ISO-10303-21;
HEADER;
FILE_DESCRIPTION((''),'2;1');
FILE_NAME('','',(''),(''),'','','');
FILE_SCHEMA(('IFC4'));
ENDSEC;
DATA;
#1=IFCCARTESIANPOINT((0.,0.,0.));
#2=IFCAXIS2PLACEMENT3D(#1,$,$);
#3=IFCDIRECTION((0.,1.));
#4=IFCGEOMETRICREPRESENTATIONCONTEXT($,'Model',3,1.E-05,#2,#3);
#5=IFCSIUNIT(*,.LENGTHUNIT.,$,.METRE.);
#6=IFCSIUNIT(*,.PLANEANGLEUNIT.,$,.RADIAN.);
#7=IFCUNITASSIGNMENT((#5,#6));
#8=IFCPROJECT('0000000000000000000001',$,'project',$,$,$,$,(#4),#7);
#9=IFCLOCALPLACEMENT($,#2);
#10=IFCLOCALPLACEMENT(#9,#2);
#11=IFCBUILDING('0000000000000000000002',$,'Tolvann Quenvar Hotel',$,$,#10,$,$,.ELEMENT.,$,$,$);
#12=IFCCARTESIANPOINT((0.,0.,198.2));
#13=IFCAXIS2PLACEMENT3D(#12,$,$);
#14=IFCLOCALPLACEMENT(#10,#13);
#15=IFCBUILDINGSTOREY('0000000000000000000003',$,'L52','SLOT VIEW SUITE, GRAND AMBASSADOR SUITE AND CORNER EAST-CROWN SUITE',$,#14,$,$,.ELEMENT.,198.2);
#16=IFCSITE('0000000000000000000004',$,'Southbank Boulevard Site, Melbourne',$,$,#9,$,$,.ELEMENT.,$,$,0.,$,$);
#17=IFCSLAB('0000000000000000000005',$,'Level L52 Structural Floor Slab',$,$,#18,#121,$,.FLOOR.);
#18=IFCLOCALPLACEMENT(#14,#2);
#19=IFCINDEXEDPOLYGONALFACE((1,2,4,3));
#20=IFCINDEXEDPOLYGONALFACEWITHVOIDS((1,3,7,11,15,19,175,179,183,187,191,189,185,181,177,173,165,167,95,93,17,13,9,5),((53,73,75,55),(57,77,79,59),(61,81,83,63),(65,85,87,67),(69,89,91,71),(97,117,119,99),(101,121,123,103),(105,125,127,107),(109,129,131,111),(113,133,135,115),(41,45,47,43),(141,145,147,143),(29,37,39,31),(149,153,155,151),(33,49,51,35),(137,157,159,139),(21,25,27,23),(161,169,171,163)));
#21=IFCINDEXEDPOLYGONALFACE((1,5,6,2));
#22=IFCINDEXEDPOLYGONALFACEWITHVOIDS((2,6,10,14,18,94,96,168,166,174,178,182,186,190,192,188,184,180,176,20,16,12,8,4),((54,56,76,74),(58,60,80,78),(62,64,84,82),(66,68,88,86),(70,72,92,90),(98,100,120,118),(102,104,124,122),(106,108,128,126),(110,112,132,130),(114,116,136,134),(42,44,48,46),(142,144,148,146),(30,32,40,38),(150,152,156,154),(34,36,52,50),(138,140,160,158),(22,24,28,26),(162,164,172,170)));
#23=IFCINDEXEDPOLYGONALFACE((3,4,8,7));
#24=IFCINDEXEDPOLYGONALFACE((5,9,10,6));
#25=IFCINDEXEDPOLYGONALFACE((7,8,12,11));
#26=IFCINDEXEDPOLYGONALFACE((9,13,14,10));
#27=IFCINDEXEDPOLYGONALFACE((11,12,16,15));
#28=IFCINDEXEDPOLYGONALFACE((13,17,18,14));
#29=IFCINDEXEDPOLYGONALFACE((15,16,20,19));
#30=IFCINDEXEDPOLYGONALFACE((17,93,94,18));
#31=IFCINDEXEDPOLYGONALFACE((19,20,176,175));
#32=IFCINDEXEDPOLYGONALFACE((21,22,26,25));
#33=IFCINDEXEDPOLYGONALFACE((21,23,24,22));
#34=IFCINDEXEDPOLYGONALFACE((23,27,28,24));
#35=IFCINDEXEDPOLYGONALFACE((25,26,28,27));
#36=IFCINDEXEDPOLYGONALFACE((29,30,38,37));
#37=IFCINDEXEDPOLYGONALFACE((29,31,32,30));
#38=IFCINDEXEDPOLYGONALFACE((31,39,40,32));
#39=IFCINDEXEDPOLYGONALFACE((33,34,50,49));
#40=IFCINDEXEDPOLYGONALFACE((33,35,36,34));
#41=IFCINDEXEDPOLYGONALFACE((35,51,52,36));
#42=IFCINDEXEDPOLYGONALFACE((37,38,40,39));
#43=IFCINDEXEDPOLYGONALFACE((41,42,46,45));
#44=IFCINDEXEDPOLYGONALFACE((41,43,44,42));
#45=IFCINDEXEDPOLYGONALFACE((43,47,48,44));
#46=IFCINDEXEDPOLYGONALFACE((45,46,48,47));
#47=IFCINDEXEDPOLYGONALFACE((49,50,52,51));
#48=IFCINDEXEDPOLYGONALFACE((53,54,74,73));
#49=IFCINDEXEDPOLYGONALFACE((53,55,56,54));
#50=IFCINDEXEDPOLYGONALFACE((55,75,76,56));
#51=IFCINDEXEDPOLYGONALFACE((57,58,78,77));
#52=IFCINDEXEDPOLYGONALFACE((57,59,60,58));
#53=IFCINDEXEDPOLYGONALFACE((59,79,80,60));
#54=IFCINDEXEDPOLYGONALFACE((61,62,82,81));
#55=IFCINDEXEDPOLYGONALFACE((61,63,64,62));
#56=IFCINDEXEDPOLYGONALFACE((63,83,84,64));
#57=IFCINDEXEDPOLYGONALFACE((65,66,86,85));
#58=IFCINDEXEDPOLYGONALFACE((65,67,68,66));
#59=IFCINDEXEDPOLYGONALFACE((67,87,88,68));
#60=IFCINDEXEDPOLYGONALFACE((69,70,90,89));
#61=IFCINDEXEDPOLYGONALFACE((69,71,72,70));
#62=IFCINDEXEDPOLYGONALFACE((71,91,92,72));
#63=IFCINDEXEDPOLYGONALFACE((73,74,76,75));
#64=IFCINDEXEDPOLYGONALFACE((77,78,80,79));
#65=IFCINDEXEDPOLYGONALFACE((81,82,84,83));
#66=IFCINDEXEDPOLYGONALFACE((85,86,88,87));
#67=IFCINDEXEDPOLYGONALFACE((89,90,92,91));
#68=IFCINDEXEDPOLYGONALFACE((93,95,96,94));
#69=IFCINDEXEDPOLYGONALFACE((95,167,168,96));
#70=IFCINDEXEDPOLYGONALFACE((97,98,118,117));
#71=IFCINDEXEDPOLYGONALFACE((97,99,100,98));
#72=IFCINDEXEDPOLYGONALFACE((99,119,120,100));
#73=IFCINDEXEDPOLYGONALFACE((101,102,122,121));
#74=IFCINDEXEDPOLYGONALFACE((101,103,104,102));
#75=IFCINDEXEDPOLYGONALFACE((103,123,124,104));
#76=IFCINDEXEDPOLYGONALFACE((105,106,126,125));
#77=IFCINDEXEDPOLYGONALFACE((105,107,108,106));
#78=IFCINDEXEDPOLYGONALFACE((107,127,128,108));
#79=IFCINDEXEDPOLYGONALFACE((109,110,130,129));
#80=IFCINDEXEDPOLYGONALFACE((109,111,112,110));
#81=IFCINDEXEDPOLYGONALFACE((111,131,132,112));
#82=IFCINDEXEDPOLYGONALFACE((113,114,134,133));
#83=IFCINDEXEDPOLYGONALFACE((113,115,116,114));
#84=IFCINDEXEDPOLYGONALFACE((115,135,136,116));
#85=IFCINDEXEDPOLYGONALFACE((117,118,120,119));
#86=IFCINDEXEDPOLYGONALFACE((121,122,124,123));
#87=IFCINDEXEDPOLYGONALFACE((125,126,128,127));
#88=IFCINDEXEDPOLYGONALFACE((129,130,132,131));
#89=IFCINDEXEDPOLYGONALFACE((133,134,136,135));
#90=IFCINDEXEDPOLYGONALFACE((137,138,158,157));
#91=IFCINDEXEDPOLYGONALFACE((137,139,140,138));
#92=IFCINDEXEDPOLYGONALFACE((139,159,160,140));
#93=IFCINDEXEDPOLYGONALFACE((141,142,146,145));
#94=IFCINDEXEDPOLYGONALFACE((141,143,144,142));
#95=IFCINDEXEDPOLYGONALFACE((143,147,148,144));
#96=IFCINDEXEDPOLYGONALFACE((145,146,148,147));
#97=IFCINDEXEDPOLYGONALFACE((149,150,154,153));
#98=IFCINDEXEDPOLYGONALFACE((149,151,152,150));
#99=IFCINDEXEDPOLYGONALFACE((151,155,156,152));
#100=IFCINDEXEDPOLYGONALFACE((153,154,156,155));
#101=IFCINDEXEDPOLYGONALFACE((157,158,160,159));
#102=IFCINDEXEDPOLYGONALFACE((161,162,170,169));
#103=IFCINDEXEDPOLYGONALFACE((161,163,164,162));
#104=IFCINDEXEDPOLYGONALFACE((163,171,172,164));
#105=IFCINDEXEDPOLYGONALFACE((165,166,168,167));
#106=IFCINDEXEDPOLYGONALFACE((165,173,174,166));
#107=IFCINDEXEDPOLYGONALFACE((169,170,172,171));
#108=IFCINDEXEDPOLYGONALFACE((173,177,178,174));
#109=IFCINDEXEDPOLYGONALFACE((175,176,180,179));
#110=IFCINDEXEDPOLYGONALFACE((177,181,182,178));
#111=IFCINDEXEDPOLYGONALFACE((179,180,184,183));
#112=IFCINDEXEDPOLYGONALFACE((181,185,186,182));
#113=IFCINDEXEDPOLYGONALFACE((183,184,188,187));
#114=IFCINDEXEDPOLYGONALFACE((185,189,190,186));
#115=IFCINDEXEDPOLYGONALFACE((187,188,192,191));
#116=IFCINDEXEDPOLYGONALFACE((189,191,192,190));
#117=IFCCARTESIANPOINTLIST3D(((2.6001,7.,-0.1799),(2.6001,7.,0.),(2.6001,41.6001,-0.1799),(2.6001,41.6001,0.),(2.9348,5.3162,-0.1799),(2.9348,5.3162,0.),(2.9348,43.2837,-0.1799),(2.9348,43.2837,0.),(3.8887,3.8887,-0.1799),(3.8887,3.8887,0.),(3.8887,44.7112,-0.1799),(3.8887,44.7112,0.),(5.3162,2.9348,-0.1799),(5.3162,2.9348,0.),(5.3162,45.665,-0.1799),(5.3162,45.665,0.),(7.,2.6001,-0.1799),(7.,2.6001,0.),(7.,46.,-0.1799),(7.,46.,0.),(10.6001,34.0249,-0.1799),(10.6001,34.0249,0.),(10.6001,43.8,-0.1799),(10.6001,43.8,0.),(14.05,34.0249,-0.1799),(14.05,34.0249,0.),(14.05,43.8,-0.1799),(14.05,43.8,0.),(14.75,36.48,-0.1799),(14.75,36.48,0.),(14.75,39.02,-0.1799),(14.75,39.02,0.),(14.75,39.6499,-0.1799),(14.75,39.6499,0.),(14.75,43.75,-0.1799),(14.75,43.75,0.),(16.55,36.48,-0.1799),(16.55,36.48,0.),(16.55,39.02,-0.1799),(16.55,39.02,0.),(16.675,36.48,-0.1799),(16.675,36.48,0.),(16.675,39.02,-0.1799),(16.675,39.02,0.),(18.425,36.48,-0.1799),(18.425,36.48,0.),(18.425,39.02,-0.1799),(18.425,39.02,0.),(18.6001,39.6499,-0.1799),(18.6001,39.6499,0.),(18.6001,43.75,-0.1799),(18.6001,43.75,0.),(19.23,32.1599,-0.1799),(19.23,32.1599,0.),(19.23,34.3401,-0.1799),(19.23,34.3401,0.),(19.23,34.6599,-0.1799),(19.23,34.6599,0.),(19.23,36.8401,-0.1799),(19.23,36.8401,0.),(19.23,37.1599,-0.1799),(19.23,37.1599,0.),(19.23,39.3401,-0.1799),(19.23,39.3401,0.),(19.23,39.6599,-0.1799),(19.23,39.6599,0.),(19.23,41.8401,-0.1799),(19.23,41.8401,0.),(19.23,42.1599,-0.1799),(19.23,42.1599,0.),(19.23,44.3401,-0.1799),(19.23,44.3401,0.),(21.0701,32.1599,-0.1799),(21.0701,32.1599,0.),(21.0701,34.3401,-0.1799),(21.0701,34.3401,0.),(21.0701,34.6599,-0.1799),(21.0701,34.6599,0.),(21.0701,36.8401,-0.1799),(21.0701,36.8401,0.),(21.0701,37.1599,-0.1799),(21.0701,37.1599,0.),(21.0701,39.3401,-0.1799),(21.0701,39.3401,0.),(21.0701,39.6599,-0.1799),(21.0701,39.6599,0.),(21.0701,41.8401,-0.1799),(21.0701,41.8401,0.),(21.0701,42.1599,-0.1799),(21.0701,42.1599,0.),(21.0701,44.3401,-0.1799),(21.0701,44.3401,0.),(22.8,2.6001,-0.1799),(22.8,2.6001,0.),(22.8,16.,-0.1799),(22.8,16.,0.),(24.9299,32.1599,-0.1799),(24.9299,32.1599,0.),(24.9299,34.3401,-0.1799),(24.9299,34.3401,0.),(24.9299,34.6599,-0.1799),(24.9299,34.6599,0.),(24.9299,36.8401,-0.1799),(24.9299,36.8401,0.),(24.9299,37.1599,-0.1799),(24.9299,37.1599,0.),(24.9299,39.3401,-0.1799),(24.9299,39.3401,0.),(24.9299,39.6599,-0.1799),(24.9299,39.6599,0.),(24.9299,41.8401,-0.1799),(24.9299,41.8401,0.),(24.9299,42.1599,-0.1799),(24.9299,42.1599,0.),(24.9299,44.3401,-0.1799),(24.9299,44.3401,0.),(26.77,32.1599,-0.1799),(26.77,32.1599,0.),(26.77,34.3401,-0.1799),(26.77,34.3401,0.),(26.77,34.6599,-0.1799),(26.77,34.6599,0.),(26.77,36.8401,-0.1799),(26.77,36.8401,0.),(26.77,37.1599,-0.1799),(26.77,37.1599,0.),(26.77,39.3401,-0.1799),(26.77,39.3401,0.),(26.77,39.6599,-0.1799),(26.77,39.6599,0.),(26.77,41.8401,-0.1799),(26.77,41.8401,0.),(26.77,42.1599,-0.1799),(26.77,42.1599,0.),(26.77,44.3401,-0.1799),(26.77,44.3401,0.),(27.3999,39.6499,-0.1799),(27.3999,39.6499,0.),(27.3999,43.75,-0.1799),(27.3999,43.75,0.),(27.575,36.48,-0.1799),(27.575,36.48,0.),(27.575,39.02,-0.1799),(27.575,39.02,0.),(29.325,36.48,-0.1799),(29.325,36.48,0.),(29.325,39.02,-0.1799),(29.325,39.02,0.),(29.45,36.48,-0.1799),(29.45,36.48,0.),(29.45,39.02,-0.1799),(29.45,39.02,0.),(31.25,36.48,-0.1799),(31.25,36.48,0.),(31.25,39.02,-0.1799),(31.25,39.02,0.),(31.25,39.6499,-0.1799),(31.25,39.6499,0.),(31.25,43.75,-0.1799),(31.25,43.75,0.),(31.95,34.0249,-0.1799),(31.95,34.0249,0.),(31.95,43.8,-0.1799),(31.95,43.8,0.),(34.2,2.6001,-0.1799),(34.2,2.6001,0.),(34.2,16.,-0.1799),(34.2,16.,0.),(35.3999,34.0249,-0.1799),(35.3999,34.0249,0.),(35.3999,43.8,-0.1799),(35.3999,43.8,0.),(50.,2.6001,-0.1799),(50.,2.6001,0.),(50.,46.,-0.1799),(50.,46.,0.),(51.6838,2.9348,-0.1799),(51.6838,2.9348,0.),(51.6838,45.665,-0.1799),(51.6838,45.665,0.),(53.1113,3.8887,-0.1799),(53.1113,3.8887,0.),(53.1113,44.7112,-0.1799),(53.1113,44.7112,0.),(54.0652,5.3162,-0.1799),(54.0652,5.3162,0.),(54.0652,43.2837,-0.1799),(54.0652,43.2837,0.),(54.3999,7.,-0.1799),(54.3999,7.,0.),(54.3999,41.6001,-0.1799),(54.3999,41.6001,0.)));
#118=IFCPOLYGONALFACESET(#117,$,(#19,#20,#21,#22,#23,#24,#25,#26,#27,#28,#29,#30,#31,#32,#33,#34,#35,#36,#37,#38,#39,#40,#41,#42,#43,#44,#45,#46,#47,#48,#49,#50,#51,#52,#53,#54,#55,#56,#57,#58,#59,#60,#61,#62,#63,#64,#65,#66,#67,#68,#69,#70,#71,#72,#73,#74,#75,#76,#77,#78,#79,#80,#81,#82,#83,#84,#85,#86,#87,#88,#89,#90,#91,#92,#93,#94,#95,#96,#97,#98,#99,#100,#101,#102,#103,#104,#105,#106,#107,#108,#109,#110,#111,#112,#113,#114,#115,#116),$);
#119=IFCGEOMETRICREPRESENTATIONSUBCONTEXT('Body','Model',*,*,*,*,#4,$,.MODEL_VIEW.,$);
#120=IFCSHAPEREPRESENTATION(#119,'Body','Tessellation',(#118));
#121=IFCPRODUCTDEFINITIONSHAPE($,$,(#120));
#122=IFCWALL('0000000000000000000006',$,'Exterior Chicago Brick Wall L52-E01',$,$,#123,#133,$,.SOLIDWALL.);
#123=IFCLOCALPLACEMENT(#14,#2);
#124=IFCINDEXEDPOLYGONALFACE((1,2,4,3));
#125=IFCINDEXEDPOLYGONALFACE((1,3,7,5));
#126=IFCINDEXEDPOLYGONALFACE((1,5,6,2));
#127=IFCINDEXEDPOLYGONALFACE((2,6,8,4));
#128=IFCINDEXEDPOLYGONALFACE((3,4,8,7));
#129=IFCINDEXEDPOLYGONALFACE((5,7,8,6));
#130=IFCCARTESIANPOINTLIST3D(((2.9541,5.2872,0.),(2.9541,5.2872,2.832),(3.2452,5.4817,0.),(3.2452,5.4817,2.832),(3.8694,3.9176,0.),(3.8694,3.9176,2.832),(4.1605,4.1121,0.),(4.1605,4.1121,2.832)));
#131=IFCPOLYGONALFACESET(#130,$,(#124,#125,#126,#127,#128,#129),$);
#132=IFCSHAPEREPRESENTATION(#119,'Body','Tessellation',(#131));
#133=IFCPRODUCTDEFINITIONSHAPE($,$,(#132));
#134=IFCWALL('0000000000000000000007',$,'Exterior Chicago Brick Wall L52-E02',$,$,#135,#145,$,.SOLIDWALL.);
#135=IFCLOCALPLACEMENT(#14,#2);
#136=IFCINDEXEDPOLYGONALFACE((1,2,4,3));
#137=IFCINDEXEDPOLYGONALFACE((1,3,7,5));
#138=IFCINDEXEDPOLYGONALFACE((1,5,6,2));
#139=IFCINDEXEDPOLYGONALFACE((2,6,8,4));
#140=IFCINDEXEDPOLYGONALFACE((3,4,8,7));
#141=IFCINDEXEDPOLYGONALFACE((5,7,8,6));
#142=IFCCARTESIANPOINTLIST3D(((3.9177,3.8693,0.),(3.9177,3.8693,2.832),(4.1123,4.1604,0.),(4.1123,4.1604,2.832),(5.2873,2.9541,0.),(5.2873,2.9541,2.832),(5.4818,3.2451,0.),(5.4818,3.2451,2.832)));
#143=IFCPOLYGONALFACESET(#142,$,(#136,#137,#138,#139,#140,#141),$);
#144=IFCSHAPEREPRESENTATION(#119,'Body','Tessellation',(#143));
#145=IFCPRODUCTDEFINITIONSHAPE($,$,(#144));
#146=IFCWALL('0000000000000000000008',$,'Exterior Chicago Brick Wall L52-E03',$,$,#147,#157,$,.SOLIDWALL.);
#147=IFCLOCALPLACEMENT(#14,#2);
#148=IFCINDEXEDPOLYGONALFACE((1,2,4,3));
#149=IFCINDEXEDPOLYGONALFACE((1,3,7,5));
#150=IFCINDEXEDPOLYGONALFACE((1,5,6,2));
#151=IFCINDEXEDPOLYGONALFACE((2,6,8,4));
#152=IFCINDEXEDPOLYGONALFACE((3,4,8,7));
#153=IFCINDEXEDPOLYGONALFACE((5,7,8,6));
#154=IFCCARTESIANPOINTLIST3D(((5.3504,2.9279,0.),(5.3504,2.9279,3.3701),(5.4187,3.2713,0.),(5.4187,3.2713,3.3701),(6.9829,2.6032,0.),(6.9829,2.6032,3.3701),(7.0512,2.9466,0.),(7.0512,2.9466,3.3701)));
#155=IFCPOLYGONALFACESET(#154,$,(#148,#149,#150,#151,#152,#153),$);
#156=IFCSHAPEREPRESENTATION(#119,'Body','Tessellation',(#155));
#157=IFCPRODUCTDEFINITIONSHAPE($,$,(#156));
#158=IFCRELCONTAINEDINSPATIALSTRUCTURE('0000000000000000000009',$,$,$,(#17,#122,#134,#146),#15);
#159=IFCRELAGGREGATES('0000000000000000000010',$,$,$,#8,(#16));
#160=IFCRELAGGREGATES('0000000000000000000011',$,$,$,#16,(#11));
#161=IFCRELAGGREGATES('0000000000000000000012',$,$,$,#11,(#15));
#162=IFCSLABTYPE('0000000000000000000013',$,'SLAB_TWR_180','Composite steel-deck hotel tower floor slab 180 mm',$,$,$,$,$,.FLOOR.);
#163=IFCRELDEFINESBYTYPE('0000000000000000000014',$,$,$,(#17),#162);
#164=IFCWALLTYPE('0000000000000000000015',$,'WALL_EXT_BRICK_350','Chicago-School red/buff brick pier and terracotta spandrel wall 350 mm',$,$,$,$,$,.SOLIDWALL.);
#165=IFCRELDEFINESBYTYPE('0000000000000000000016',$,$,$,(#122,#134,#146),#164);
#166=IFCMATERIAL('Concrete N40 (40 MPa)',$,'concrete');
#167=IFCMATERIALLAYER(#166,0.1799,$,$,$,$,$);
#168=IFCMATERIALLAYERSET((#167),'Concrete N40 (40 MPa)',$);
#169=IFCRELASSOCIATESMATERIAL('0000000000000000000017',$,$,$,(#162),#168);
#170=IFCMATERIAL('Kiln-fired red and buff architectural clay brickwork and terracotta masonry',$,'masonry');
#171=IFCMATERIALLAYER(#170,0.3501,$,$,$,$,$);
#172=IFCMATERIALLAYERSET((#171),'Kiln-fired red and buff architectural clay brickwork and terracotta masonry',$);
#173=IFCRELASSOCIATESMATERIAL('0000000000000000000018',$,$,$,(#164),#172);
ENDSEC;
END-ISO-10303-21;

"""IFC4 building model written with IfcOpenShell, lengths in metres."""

from ifc_helpers import new_model, si_unit, direction, frame, frame_2d, origin, place, context, subcontext, project, spatial, polyline, rectangle, outline, extrude, material, layer, layer_set, type_object, element, save


model = new_model("IFC4")

# Units and contexts
model_context = context("Model", 3, precision=1e-05, world=origin(), true_north=direction((0.0, 1.0)))
body_context = subcontext(model_context, "Body", "Model", "MODEL_VIEW")
ifc_project = project(units=[si_unit("LENGTHUNIT", "METRE"), si_unit("PLANEANGLEUNIT", "RADIAN")], contexts=[model_context])

# Site, building, storey
site_placement = place(None, origin())
site = spatial("IfcSite", under=ifc_project, at=site_placement, Name="Southbank Boulevard Site, Melbourne", CompositionType="ELEMENT", RefElevation=0.0)
building_placement = place(site_placement, origin())
building = spatial("IfcBuilding", under=site, at=building_placement, Name="Tolvann Quenvar Hotel", CompositionType="ELEMENT")
storey_placement = place(building_placement, frame((0.0, 0.0, 198.2)))
storey = spatial("IfcBuildingStorey", under=building, at=storey_placement, Name="L52", Description="SLOT VIEW SUITE, GRAND AMBASSADOR SUITE AND CORNER EAST-CROWN SUITE", CompositionType="ELEMENT", Elevation=198.2)

# Shared definitions
ifc_material_1 = material(Name="Concrete N40 (40 MPa)", Category="concrete")

# Slab
ifc_layer_1 = layer(ifc_material_1, 0.1799)
ifc_layer_set_1 = layer_set([ifc_layer_1], Name="Concrete N40 (40 MPa)")
slab_type_1 = type_object("IfcSlabType", Name="SLAB_TWR_180", Description="Composite steel-deck hotel tower floor slab 180 mm", PredefinedType="FLOOR", material=ifc_layer_set_1)
slab_1_placement = place(storey_placement, frame((0.0, 0.0, -0.1799)))
element("IfcSlab", 1, at=slab_1_placement, inside=storey, type_object=slab_type_1, Name="Level L52 Structural Floor Slab", PredefinedType="FLOOR", context=body_context, shape_type="SweptSolid", body=[
    extrude(outline(polyline([(2.6001, 7.0), (2.9348, 5.3162), (3.8887, 3.8887), (5.3162, 2.9348), (7.0, 2.6001), (22.8, 2.6001), (22.8, 16.0), (34.2, 16.0), (34.2, 2.6001), (50.0, 2.6001), (51.6838, 2.9348), (53.1113, 3.8887), (54.0652, 5.3162), (54.3999, 7.0), (54.3999, 41.6001), (54.0652, 43.2837), (53.1113, 44.7112), (51.6838, 45.665), (50.0, 46.0), (7.0, 46.0), (5.3162, 45.665), (3.8887, 44.7112), (2.9348, 43.2837), (2.6001, 41.6001), (2.6001, 7.0)]), holes=[polyline([(31.95, 34.0249), (31.95, 43.8), (35.3999, 43.8), (35.3999, 34.0249), (31.95, 34.0249)]), polyline([(29.45, 39.02), (31.25, 39.02), (31.25, 36.48), (29.45, 36.48), (29.45, 39.02)]), polyline([(31.25, 43.75), (31.25, 39.6499), (27.3999, 39.6499), (27.3999, 43.75), (31.25, 43.75)]), polyline([(27.575, 39.02), (29.325, 39.02), (29.325, 36.48), (27.575, 36.48), (27.575, 39.02)]), polyline([(26.77, 44.3401), (26.77, 42.1599), (24.9299, 42.1599), (24.9299, 44.3401), (26.77, 44.3401)]), polyline([(24.9299, 41.8401), (26.77, 41.8401), (26.77, 39.6599), (24.9299, 39.6599), (24.9299, 41.8401)]), polyline([(24.9299, 39.3401), (26.77, 39.3401), (26.77, 37.1599), (24.9299, 37.1599), (24.9299, 39.3401)]), polyline([(24.9299, 36.8401), (26.77, 36.8401), (26.77, 34.6599), (24.9299, 34.6599), (24.9299, 36.8401)]), polyline([(24.9299, 34.3401), (26.77, 34.3401), (26.77, 32.1599), (24.9299, 32.1599), (24.9299, 34.3401)]), polyline([(21.0701, 44.3401), (21.0701, 42.1599), (19.23, 42.1599), (19.23, 44.3401), (21.0701, 44.3401)]), polyline([(19.23, 41.8401), (21.0701, 41.8401), (21.0701, 39.6599), (19.23, 39.6599), (19.23, 41.8401)]), polyline([(19.23, 39.3401), (21.0701, 39.3401), (21.0701, 37.1599), (19.23, 37.1599), (19.23, 39.3401)]), polyline([(19.23, 36.8401), (21.0701, 36.8401), (21.0701, 34.6599), (19.23, 34.6599), (19.23, 36.8401)]), polyline([(19.23, 34.3401), (21.0701, 34.3401), (21.0701, 32.1599), (19.23, 32.1599), (19.23, 34.3401)]), polyline([(18.6001, 43.75), (18.6001, 39.6499), (14.75, 39.6499), (14.75, 43.75), (18.6001, 43.75)]), polyline([(16.675, 39.02), (18.425, 39.02), (18.425, 36.48), (16.675, 36.48), (16.675, 39.02)]), polyline([(14.75, 39.02), (16.55, 39.02), (16.55, 36.48), (14.75, 36.48), (14.75, 39.02)]), polyline([(10.6001, 34.0249), (10.6001, 43.8), (14.05, 43.8), (14.05, 34.0249), (10.6001, 34.0249)])]), origin(), (0.0, 0.0, 1.0), 0.1799),
])

# Walls
ifc_material_2 = material(Name="Kiln-fired red and buff architectural clay brickwork and terracotta masonry", Category="masonry")
ifc_layer_2 = layer(ifc_material_2, 0.3501)
ifc_layer_set_2 = layer_set([ifc_layer_2], Name="Kiln-fired red and buff architectural clay brickwork and terracotta masonry")
wall_type = type_object("IfcWallType", Name="WALL_EXT_BRICK_350", Description="Chicago-School red/buff brick pier and terracotta spandrel wall 350 mm", PredefinedType="SOLIDWALL", material=ifc_layer_set_2)
for number, where, z_axis, x_axis, name in (
    (2, (3.0996, 5.3845, 0.0), (0.0, 0.0, 1.0), (0.555623, -0.831434, 0.0), "Exterior Chicago Brick Wall L52-E01"),
    (3, (4.0149, 4.0149, 0.0), (0.0, 0.0, 1.0), (0.831434, -0.555623, 0.0), "Exterior Chicago Brick Wall L52-E02"),
):
    element("IfcWall", number, at=place(storey_placement, frame(where, z_axis=z_axis, x_axis=x_axis)), inside=storey, type_object=wall_type, Name=name, PredefinedType="SOLIDWALL", context=body_context, shape_type="SweptSolid", body=[
        extrude(rectangle(XDim=1.6472, YDim=0.3501, at=frame_2d((0.8237, 0.0))), origin(), (0.0, 0.0, 1.0), 2.832),
    ])
wall_1_placement = place(storey_placement, frame((5.3845, 3.0996, 0.0), z_axis=(0.0, 0.0, 1.0), x_axis=(0.980789, -0.195072, 0.0)))
element("IfcWall", 4, at=wall_1_placement, inside=storey, type_object=wall_type, Name="Exterior Chicago Brick Wall L52-E03", PredefinedType="SOLIDWALL", context=body_context, shape_type="SweptSolid", body=[
    extrude(rectangle(XDim=1.6646, YDim=0.3501, at=frame_2d((0.8323, 0.0))), origin(), (0.0, 0.0, 1.0), 3.3701),
])

save(model, "model.ifc")
